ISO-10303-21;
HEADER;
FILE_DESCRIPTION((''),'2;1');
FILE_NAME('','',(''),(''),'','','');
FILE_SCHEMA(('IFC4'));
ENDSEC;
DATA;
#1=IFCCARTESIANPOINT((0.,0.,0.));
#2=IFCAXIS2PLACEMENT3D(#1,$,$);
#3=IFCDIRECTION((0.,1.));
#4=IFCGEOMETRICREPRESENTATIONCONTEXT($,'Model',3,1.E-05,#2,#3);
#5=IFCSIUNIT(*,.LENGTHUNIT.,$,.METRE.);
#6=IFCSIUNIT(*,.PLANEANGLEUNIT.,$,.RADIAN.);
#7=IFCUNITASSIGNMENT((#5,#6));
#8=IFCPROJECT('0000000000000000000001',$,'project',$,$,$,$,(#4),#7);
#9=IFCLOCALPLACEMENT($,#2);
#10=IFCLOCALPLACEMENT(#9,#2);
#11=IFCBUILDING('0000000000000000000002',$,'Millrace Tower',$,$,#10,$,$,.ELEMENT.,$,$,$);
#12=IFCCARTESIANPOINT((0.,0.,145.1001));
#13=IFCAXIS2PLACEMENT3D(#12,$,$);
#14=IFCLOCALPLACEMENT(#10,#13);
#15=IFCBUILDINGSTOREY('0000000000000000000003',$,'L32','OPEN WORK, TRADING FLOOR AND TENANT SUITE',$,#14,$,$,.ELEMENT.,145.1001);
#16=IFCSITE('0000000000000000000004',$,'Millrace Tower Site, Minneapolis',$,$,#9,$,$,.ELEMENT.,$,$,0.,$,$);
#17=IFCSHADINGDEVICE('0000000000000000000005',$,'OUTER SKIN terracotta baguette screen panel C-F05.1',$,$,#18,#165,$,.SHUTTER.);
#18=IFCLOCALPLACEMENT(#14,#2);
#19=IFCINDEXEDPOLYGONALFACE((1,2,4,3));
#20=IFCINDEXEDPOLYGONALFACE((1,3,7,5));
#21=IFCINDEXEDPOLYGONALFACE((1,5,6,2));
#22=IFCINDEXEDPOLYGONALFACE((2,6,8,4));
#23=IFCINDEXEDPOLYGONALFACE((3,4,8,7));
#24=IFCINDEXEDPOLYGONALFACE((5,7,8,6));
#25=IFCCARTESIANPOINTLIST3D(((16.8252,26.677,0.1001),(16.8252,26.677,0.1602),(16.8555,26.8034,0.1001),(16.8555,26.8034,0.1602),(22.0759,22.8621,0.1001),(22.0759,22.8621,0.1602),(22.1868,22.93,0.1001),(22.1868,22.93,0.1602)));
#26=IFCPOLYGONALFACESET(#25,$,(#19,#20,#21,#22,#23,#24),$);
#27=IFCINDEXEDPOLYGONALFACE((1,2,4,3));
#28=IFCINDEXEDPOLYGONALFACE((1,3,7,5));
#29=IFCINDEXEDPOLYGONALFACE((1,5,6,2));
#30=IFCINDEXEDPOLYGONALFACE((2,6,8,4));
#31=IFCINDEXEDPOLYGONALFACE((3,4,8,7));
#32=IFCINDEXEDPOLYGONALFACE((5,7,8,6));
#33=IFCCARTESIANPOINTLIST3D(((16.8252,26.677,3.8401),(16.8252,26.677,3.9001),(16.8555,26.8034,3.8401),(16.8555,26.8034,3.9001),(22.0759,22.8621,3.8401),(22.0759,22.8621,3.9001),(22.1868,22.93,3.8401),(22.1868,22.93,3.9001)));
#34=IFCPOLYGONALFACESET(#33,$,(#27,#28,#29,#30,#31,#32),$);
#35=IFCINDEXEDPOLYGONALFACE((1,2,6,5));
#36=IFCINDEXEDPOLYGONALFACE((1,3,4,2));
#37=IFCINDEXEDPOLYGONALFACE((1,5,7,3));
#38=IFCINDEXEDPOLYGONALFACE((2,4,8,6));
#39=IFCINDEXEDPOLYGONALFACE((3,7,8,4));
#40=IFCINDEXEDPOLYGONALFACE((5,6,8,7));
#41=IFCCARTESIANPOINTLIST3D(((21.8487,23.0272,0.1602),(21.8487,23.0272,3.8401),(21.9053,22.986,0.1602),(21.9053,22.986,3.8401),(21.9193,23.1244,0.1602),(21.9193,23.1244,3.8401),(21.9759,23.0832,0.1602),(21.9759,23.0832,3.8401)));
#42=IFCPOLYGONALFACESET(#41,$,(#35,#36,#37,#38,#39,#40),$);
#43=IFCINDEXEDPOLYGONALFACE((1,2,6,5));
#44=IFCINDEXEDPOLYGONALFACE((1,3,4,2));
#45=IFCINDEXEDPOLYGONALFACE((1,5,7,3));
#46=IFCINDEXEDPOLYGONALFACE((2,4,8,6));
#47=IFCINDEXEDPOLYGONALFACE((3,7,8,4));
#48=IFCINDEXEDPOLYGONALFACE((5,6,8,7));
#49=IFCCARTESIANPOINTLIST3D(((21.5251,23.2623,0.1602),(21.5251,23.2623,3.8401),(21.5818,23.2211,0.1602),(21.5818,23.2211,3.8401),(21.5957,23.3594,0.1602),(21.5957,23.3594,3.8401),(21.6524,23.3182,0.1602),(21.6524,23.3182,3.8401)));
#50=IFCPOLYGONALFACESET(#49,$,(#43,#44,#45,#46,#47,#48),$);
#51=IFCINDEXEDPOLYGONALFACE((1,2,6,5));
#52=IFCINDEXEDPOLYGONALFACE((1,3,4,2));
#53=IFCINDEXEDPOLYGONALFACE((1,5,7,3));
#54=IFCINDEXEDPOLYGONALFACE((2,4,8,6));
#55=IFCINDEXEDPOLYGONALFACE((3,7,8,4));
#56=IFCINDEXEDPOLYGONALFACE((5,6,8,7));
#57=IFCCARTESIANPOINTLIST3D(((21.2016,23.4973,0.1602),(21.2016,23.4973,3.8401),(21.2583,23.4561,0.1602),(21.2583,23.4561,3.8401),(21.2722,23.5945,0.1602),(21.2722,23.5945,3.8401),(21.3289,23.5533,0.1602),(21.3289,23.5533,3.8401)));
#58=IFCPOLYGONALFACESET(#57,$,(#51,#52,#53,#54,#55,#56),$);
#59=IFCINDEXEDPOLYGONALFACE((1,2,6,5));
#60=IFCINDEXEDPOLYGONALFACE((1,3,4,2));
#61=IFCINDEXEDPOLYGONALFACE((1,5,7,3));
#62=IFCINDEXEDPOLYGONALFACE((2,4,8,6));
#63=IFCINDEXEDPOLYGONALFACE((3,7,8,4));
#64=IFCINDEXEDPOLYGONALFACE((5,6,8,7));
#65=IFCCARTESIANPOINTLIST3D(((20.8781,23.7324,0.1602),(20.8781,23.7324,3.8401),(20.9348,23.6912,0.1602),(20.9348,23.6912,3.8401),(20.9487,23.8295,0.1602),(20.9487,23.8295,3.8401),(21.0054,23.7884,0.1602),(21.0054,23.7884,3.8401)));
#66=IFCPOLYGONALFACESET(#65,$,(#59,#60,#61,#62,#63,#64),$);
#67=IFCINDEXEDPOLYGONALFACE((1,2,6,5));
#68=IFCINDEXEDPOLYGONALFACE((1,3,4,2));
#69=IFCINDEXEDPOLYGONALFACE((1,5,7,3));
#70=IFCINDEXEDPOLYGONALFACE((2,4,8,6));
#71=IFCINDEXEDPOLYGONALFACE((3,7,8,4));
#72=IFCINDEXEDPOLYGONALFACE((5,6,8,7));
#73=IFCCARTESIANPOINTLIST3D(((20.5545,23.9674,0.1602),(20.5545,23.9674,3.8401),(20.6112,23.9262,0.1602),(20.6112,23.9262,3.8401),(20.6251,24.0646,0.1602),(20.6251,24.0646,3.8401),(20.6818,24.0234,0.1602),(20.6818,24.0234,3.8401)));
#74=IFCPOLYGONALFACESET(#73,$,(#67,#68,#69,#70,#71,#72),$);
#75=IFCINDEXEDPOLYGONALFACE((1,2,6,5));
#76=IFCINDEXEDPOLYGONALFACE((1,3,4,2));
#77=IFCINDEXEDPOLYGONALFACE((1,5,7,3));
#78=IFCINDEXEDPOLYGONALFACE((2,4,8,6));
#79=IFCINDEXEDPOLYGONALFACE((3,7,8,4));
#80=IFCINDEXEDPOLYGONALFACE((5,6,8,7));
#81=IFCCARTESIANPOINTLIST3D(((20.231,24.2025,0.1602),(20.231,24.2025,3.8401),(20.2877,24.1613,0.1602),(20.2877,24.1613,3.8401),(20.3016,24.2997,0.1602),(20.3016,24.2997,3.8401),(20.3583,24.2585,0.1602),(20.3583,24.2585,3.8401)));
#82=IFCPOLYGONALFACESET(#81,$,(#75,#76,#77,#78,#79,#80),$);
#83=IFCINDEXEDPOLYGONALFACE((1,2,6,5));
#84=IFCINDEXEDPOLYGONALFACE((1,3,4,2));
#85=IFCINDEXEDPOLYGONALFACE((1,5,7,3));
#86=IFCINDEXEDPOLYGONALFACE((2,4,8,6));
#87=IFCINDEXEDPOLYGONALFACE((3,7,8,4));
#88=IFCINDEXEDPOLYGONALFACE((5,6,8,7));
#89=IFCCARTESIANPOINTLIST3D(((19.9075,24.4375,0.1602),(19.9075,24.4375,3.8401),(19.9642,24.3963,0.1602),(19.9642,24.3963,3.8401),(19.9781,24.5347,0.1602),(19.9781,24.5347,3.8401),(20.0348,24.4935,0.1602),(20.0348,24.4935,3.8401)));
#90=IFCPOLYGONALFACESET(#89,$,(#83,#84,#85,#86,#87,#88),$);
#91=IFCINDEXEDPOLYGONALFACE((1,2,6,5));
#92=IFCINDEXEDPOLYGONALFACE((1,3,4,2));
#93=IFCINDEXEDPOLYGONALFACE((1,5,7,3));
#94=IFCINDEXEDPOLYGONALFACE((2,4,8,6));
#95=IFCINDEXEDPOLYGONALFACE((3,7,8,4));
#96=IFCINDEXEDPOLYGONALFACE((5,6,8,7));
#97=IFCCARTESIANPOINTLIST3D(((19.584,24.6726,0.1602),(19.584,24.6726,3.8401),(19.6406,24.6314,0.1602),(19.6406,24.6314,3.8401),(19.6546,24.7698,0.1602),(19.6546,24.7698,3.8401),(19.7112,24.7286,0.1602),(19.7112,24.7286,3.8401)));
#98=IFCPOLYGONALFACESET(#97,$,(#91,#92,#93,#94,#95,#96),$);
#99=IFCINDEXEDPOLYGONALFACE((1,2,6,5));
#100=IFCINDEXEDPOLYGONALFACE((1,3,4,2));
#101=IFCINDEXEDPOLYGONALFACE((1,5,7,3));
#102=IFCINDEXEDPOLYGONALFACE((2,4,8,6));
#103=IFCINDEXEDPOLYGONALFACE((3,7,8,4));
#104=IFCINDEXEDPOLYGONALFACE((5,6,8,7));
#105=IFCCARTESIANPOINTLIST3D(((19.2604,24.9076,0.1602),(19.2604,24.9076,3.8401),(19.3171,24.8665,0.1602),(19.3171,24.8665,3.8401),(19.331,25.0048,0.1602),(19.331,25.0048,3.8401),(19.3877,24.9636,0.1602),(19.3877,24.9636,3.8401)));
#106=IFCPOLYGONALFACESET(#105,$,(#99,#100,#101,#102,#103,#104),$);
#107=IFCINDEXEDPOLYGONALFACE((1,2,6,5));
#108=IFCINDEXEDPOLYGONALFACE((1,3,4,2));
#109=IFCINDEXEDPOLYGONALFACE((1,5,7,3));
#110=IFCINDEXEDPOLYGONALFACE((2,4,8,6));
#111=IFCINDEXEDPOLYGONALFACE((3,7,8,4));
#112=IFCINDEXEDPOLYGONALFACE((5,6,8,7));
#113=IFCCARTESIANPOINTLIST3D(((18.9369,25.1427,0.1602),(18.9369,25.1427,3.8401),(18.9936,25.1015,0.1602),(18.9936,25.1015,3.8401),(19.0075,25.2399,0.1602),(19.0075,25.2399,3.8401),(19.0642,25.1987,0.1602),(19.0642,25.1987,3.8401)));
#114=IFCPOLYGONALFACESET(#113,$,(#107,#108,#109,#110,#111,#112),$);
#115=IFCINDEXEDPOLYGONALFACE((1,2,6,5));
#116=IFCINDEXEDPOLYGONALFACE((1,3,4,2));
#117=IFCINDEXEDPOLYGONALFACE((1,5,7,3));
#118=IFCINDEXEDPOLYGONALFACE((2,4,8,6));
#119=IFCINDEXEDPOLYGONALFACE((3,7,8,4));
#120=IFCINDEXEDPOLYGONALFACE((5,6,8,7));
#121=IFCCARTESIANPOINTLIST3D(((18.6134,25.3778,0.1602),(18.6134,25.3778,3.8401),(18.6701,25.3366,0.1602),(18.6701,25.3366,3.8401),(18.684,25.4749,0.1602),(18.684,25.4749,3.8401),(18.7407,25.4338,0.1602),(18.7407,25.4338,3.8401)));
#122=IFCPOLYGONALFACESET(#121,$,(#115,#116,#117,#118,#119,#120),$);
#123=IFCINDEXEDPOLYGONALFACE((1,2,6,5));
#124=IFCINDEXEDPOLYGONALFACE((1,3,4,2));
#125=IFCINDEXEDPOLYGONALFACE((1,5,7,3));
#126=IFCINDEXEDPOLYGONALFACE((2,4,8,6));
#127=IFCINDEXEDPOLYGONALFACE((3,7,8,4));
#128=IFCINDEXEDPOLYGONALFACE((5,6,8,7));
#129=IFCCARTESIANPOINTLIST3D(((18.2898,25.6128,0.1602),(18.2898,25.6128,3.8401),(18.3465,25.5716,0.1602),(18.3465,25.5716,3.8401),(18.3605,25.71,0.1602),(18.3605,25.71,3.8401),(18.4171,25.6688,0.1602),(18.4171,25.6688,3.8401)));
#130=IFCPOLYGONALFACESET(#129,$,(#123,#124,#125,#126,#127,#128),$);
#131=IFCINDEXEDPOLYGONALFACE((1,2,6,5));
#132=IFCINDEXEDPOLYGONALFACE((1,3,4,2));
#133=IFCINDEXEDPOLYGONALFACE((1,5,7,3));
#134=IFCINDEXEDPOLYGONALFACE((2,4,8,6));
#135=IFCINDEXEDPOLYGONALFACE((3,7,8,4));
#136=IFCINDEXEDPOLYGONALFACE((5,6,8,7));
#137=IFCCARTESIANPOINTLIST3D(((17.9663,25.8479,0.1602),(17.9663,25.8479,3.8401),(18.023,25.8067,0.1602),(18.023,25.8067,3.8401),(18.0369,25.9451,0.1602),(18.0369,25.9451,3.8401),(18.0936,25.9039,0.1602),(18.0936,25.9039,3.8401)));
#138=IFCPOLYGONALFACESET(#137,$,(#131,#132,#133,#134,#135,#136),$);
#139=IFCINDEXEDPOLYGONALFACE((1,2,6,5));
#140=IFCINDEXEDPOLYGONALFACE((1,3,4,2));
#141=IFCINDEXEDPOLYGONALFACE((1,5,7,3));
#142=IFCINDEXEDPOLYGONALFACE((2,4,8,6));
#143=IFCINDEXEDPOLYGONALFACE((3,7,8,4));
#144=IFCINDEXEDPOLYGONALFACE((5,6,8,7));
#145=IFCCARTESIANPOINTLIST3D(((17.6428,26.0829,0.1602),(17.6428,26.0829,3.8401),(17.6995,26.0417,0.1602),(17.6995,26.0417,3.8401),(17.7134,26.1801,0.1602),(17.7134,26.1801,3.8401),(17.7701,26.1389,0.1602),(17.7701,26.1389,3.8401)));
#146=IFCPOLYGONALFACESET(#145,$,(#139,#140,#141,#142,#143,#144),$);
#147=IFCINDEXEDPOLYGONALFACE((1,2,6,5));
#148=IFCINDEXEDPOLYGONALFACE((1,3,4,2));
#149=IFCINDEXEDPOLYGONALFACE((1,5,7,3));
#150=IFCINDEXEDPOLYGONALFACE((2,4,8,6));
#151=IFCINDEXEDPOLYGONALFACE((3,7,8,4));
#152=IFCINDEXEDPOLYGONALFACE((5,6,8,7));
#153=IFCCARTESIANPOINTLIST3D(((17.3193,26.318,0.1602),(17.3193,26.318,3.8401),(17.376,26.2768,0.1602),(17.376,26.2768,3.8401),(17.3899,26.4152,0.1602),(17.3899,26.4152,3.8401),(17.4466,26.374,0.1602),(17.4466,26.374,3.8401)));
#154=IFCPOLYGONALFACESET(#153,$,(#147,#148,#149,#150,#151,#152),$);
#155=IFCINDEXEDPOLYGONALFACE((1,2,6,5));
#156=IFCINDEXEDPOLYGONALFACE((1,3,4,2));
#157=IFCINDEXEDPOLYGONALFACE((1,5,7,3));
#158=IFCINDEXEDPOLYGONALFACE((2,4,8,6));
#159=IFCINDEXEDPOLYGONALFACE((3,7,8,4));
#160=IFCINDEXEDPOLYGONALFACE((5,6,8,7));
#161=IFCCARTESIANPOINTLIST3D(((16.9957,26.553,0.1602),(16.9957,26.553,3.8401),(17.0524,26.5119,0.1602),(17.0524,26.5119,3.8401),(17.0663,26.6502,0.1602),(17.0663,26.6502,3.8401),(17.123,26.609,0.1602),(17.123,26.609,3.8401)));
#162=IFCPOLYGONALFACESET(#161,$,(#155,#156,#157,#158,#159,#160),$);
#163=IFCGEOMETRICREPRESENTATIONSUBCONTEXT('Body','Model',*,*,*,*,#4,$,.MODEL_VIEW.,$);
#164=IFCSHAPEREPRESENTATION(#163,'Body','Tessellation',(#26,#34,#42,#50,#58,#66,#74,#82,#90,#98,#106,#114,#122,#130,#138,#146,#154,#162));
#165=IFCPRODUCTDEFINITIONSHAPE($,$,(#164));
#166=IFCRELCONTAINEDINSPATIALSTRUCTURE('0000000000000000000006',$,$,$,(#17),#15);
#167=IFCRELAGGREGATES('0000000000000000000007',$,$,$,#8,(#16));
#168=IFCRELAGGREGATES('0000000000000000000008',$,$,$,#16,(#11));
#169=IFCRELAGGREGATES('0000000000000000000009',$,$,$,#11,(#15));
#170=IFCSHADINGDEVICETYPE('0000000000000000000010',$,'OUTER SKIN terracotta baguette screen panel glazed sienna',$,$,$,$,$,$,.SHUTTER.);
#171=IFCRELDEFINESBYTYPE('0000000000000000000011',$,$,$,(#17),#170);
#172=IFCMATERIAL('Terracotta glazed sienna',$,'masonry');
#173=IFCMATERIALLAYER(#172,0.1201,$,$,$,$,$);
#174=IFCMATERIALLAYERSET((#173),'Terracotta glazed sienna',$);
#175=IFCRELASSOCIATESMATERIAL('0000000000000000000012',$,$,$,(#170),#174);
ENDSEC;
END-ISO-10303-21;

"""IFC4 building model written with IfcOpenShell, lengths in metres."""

from ifc_helpers import new_model, entity, si_unit, direction, frame, frame_2d, origin, place, context, subcontext, project, spatial, rectangle, extrude, source, transform, mapped, material, layer, layer_set, type_object, element, save


model = new_model("IFC4")

# Units and contexts
model_context = context("Model", 3, precision=1e-05, world=origin(), true_north=direction((0.0, 1.0)))
body_context = subcontext(model_context, "Body", "Model", "MODEL_VIEW")
ifc_project = project(units=[si_unit("LENGTHUNIT", "METRE"), si_unit("PLANEANGLEUNIT", "RADIAN")], contexts=[model_context])

# Site, building, storey
site_placement = place(None, origin())
site = spatial("IfcSite", under=ifc_project, at=site_placement, Name="Millrace Tower Site, Minneapolis", CompositionType="ELEMENT", RefElevation=0.0)
building_placement = place(site_placement, origin())
building = spatial("IfcBuilding", under=site, at=building_placement, Name="Millrace Tower", CompositionType="ELEMENT")
storey_placement = place(building_placement, frame((0.0, 0.0, 145.1001)))
storey = spatial("IfcBuildingStorey", under=building, at=storey_placement, Name="L32", Description="OPEN WORK, TRADING FLOOR AND TENANT SUITE", CompositionType="ELEMENT", Elevation=145.1001)

# Shading device
ifc_material_1 = material(Name="Terracotta glazed sienna", Category="masonry")
ifc_layer_1 = layer(ifc_material_1, 0.1201)
ifc_layer_set_1 = layer_set([ifc_layer_1], Name="Terracotta glazed sienna")
shading_device_type = type_object("IfcShadingDeviceType", Name="OUTER SKIN terracotta baguette screen panel glazed sienna", PredefinedType="SHUTTER", material=ifc_layer_set_1)
cartesian_point_1 = entity("IfcCartesianPoint", [-3.2451, 0.0601])
shared_polyline_1 = entity("IfcPolyline", [cartesian_point_1, entity("IfcCartesianPoint", [3.2451, 0.0601]), entity("IfcCartesianPoint", [3.2949, -0.0601]), entity("IfcCartesianPoint", [-3.2949, -0.0601]), cartesian_point_1])
shared_shape_1 = source(origin(), body_context, "Body", "SweptSolid", [
    entity("IfcExtrudedAreaSolid", entity("IfcArbitraryClosedProfileDef", "AREA", None, shared_polyline_1), entity("IfcAxis2Placement3D", entity("IfcCartesianPoint", [0.0, 0.0, 0.0])), entity("IfcDirection", [0.0, 0.0, 1.0]), 0.0601),
    entity("IfcExtrudedAreaSolid", entity("IfcArbitraryClosedProfileDef", "AREA", None, shared_polyline_1), entity("IfcAxis2Placement3D", entity("IfcCartesianPoint", [0.0, 0.0, 3.74])), entity("IfcDirection", [0.0, 0.0, 1.0]), 0.0601),
    extrude(rectangle(XDim=0.0701, YDim=0.1201, at=frame_2d((-2.9993, 0.0))), frame((0.0, 0.0, 0.0601)), (0.0, 0.0, 1.0), 3.6799),
    extrude(rectangle(XDim=0.0701, YDim=0.1201, at=frame_2d((-2.5994, 0.0))), frame((0.0, 0.0, 0.0601)), (0.0, 0.0, 1.0), 3.6799),
    extrude(rectangle(XDim=0.0701, YDim=0.1201, at=frame_2d((-2.1995, 0.0))), frame((0.0, 0.0, 0.0601)), (0.0, 0.0, 1.0), 3.6799),
    extrude(rectangle(XDim=0.0701, YDim=0.1201, at=frame_2d((-1.7996, 0.0))), frame((0.0, 0.0, 0.0601)), (0.0, 0.0, 1.0), 3.6799),
    extrude(rectangle(XDim=0.0701, YDim=0.1201, at=frame_2d((-1.3997, 0.0))), frame((0.0, 0.0, 0.0601)), (0.0, 0.0, 1.0), 3.6799),
    extrude(rectangle(XDim=0.0701, YDim=0.1201, at=frame_2d((-0.9998, 0.0))), frame((0.0, 0.0, 0.0601)), (0.0, 0.0, 1.0), 3.6799),
    extrude(rectangle(XDim=0.0701, YDim=0.1201, at=frame_2d((-0.5999, 0.0))), frame((0.0, 0.0, 0.0601)), (0.0, 0.0, 1.0), 3.6799),
    extrude(rectangle(XDim=0.0701, YDim=0.1201, at=frame_2d((-0.2, 0.0))), frame((0.0, 0.0, 0.0601)), (0.0, 0.0, 1.0), 3.6799),
    extrude(rectangle(XDim=0.0701, YDim=0.1201, at=frame_2d((0.2, 0.0))), frame((0.0, 0.0, 0.0601)), (0.0, 0.0, 1.0), 3.6799),
    extrude(rectangle(XDim=0.0701, YDim=0.1201, at=frame_2d((0.5999, 0.0))), frame((0.0, 0.0, 0.0601)), (0.0, 0.0, 1.0), 3.6799),
    extrude(rectangle(XDim=0.0701, YDim=0.1201, at=frame_2d((0.9998, 0.0))), frame((0.0, 0.0, 0.0601)), (0.0, 0.0, 1.0), 3.6799),
    extrude(rectangle(XDim=0.0701, YDim=0.1201, at=frame_2d((1.3997, 0.0))), frame((0.0, 0.0, 0.0601)), (0.0, 0.0, 1.0), 3.6799),
    extrude(rectangle(XDim=0.0701, YDim=0.1201, at=frame_2d((1.7996, 0.0))), frame((0.0, 0.0, 0.0601)), (0.0, 0.0, 1.0), 3.6799),
    extrude(rectangle(XDim=0.0701, YDim=0.1201, at=frame_2d((2.1995, 0.0))), frame((0.0, 0.0, 0.0601)), (0.0, 0.0, 1.0), 3.6799),
    extrude(rectangle(XDim=0.0701, YDim=0.1201, at=frame_2d((2.5994, 0.0))), frame((0.0, 0.0, 0.0601)), (0.0, 0.0, 1.0), 3.6799),
    extrude(rectangle(XDim=0.0701, YDim=0.1201, at=frame_2d((2.9993, 0.0))), frame((0.0, 0.0, 0.0601)), (0.0, 0.0, 1.0), 3.6799),
])
shading_device_1_placement = place(storey_placement, frame((19.4858, 24.8181, 0.1001), z_axis=(0.0, 0.0, 1.0), x_axis=(-0.809017, 0.587785, 0.0)))
element("IfcShadingDevice", 1, at=shading_device_1_placement, inside=storey, type_object=shading_device_type, Name="OUTER SKIN terracotta baguette screen panel C-F05.1", PredefinedType="SHUTTER", context=body_context, shape_type="MappedRepresentation", body=[
    mapped(shared_shape_1, transform((0.0, 0.0, 0.0), scale=1.0)),
])

save(model, "model.ifc")
